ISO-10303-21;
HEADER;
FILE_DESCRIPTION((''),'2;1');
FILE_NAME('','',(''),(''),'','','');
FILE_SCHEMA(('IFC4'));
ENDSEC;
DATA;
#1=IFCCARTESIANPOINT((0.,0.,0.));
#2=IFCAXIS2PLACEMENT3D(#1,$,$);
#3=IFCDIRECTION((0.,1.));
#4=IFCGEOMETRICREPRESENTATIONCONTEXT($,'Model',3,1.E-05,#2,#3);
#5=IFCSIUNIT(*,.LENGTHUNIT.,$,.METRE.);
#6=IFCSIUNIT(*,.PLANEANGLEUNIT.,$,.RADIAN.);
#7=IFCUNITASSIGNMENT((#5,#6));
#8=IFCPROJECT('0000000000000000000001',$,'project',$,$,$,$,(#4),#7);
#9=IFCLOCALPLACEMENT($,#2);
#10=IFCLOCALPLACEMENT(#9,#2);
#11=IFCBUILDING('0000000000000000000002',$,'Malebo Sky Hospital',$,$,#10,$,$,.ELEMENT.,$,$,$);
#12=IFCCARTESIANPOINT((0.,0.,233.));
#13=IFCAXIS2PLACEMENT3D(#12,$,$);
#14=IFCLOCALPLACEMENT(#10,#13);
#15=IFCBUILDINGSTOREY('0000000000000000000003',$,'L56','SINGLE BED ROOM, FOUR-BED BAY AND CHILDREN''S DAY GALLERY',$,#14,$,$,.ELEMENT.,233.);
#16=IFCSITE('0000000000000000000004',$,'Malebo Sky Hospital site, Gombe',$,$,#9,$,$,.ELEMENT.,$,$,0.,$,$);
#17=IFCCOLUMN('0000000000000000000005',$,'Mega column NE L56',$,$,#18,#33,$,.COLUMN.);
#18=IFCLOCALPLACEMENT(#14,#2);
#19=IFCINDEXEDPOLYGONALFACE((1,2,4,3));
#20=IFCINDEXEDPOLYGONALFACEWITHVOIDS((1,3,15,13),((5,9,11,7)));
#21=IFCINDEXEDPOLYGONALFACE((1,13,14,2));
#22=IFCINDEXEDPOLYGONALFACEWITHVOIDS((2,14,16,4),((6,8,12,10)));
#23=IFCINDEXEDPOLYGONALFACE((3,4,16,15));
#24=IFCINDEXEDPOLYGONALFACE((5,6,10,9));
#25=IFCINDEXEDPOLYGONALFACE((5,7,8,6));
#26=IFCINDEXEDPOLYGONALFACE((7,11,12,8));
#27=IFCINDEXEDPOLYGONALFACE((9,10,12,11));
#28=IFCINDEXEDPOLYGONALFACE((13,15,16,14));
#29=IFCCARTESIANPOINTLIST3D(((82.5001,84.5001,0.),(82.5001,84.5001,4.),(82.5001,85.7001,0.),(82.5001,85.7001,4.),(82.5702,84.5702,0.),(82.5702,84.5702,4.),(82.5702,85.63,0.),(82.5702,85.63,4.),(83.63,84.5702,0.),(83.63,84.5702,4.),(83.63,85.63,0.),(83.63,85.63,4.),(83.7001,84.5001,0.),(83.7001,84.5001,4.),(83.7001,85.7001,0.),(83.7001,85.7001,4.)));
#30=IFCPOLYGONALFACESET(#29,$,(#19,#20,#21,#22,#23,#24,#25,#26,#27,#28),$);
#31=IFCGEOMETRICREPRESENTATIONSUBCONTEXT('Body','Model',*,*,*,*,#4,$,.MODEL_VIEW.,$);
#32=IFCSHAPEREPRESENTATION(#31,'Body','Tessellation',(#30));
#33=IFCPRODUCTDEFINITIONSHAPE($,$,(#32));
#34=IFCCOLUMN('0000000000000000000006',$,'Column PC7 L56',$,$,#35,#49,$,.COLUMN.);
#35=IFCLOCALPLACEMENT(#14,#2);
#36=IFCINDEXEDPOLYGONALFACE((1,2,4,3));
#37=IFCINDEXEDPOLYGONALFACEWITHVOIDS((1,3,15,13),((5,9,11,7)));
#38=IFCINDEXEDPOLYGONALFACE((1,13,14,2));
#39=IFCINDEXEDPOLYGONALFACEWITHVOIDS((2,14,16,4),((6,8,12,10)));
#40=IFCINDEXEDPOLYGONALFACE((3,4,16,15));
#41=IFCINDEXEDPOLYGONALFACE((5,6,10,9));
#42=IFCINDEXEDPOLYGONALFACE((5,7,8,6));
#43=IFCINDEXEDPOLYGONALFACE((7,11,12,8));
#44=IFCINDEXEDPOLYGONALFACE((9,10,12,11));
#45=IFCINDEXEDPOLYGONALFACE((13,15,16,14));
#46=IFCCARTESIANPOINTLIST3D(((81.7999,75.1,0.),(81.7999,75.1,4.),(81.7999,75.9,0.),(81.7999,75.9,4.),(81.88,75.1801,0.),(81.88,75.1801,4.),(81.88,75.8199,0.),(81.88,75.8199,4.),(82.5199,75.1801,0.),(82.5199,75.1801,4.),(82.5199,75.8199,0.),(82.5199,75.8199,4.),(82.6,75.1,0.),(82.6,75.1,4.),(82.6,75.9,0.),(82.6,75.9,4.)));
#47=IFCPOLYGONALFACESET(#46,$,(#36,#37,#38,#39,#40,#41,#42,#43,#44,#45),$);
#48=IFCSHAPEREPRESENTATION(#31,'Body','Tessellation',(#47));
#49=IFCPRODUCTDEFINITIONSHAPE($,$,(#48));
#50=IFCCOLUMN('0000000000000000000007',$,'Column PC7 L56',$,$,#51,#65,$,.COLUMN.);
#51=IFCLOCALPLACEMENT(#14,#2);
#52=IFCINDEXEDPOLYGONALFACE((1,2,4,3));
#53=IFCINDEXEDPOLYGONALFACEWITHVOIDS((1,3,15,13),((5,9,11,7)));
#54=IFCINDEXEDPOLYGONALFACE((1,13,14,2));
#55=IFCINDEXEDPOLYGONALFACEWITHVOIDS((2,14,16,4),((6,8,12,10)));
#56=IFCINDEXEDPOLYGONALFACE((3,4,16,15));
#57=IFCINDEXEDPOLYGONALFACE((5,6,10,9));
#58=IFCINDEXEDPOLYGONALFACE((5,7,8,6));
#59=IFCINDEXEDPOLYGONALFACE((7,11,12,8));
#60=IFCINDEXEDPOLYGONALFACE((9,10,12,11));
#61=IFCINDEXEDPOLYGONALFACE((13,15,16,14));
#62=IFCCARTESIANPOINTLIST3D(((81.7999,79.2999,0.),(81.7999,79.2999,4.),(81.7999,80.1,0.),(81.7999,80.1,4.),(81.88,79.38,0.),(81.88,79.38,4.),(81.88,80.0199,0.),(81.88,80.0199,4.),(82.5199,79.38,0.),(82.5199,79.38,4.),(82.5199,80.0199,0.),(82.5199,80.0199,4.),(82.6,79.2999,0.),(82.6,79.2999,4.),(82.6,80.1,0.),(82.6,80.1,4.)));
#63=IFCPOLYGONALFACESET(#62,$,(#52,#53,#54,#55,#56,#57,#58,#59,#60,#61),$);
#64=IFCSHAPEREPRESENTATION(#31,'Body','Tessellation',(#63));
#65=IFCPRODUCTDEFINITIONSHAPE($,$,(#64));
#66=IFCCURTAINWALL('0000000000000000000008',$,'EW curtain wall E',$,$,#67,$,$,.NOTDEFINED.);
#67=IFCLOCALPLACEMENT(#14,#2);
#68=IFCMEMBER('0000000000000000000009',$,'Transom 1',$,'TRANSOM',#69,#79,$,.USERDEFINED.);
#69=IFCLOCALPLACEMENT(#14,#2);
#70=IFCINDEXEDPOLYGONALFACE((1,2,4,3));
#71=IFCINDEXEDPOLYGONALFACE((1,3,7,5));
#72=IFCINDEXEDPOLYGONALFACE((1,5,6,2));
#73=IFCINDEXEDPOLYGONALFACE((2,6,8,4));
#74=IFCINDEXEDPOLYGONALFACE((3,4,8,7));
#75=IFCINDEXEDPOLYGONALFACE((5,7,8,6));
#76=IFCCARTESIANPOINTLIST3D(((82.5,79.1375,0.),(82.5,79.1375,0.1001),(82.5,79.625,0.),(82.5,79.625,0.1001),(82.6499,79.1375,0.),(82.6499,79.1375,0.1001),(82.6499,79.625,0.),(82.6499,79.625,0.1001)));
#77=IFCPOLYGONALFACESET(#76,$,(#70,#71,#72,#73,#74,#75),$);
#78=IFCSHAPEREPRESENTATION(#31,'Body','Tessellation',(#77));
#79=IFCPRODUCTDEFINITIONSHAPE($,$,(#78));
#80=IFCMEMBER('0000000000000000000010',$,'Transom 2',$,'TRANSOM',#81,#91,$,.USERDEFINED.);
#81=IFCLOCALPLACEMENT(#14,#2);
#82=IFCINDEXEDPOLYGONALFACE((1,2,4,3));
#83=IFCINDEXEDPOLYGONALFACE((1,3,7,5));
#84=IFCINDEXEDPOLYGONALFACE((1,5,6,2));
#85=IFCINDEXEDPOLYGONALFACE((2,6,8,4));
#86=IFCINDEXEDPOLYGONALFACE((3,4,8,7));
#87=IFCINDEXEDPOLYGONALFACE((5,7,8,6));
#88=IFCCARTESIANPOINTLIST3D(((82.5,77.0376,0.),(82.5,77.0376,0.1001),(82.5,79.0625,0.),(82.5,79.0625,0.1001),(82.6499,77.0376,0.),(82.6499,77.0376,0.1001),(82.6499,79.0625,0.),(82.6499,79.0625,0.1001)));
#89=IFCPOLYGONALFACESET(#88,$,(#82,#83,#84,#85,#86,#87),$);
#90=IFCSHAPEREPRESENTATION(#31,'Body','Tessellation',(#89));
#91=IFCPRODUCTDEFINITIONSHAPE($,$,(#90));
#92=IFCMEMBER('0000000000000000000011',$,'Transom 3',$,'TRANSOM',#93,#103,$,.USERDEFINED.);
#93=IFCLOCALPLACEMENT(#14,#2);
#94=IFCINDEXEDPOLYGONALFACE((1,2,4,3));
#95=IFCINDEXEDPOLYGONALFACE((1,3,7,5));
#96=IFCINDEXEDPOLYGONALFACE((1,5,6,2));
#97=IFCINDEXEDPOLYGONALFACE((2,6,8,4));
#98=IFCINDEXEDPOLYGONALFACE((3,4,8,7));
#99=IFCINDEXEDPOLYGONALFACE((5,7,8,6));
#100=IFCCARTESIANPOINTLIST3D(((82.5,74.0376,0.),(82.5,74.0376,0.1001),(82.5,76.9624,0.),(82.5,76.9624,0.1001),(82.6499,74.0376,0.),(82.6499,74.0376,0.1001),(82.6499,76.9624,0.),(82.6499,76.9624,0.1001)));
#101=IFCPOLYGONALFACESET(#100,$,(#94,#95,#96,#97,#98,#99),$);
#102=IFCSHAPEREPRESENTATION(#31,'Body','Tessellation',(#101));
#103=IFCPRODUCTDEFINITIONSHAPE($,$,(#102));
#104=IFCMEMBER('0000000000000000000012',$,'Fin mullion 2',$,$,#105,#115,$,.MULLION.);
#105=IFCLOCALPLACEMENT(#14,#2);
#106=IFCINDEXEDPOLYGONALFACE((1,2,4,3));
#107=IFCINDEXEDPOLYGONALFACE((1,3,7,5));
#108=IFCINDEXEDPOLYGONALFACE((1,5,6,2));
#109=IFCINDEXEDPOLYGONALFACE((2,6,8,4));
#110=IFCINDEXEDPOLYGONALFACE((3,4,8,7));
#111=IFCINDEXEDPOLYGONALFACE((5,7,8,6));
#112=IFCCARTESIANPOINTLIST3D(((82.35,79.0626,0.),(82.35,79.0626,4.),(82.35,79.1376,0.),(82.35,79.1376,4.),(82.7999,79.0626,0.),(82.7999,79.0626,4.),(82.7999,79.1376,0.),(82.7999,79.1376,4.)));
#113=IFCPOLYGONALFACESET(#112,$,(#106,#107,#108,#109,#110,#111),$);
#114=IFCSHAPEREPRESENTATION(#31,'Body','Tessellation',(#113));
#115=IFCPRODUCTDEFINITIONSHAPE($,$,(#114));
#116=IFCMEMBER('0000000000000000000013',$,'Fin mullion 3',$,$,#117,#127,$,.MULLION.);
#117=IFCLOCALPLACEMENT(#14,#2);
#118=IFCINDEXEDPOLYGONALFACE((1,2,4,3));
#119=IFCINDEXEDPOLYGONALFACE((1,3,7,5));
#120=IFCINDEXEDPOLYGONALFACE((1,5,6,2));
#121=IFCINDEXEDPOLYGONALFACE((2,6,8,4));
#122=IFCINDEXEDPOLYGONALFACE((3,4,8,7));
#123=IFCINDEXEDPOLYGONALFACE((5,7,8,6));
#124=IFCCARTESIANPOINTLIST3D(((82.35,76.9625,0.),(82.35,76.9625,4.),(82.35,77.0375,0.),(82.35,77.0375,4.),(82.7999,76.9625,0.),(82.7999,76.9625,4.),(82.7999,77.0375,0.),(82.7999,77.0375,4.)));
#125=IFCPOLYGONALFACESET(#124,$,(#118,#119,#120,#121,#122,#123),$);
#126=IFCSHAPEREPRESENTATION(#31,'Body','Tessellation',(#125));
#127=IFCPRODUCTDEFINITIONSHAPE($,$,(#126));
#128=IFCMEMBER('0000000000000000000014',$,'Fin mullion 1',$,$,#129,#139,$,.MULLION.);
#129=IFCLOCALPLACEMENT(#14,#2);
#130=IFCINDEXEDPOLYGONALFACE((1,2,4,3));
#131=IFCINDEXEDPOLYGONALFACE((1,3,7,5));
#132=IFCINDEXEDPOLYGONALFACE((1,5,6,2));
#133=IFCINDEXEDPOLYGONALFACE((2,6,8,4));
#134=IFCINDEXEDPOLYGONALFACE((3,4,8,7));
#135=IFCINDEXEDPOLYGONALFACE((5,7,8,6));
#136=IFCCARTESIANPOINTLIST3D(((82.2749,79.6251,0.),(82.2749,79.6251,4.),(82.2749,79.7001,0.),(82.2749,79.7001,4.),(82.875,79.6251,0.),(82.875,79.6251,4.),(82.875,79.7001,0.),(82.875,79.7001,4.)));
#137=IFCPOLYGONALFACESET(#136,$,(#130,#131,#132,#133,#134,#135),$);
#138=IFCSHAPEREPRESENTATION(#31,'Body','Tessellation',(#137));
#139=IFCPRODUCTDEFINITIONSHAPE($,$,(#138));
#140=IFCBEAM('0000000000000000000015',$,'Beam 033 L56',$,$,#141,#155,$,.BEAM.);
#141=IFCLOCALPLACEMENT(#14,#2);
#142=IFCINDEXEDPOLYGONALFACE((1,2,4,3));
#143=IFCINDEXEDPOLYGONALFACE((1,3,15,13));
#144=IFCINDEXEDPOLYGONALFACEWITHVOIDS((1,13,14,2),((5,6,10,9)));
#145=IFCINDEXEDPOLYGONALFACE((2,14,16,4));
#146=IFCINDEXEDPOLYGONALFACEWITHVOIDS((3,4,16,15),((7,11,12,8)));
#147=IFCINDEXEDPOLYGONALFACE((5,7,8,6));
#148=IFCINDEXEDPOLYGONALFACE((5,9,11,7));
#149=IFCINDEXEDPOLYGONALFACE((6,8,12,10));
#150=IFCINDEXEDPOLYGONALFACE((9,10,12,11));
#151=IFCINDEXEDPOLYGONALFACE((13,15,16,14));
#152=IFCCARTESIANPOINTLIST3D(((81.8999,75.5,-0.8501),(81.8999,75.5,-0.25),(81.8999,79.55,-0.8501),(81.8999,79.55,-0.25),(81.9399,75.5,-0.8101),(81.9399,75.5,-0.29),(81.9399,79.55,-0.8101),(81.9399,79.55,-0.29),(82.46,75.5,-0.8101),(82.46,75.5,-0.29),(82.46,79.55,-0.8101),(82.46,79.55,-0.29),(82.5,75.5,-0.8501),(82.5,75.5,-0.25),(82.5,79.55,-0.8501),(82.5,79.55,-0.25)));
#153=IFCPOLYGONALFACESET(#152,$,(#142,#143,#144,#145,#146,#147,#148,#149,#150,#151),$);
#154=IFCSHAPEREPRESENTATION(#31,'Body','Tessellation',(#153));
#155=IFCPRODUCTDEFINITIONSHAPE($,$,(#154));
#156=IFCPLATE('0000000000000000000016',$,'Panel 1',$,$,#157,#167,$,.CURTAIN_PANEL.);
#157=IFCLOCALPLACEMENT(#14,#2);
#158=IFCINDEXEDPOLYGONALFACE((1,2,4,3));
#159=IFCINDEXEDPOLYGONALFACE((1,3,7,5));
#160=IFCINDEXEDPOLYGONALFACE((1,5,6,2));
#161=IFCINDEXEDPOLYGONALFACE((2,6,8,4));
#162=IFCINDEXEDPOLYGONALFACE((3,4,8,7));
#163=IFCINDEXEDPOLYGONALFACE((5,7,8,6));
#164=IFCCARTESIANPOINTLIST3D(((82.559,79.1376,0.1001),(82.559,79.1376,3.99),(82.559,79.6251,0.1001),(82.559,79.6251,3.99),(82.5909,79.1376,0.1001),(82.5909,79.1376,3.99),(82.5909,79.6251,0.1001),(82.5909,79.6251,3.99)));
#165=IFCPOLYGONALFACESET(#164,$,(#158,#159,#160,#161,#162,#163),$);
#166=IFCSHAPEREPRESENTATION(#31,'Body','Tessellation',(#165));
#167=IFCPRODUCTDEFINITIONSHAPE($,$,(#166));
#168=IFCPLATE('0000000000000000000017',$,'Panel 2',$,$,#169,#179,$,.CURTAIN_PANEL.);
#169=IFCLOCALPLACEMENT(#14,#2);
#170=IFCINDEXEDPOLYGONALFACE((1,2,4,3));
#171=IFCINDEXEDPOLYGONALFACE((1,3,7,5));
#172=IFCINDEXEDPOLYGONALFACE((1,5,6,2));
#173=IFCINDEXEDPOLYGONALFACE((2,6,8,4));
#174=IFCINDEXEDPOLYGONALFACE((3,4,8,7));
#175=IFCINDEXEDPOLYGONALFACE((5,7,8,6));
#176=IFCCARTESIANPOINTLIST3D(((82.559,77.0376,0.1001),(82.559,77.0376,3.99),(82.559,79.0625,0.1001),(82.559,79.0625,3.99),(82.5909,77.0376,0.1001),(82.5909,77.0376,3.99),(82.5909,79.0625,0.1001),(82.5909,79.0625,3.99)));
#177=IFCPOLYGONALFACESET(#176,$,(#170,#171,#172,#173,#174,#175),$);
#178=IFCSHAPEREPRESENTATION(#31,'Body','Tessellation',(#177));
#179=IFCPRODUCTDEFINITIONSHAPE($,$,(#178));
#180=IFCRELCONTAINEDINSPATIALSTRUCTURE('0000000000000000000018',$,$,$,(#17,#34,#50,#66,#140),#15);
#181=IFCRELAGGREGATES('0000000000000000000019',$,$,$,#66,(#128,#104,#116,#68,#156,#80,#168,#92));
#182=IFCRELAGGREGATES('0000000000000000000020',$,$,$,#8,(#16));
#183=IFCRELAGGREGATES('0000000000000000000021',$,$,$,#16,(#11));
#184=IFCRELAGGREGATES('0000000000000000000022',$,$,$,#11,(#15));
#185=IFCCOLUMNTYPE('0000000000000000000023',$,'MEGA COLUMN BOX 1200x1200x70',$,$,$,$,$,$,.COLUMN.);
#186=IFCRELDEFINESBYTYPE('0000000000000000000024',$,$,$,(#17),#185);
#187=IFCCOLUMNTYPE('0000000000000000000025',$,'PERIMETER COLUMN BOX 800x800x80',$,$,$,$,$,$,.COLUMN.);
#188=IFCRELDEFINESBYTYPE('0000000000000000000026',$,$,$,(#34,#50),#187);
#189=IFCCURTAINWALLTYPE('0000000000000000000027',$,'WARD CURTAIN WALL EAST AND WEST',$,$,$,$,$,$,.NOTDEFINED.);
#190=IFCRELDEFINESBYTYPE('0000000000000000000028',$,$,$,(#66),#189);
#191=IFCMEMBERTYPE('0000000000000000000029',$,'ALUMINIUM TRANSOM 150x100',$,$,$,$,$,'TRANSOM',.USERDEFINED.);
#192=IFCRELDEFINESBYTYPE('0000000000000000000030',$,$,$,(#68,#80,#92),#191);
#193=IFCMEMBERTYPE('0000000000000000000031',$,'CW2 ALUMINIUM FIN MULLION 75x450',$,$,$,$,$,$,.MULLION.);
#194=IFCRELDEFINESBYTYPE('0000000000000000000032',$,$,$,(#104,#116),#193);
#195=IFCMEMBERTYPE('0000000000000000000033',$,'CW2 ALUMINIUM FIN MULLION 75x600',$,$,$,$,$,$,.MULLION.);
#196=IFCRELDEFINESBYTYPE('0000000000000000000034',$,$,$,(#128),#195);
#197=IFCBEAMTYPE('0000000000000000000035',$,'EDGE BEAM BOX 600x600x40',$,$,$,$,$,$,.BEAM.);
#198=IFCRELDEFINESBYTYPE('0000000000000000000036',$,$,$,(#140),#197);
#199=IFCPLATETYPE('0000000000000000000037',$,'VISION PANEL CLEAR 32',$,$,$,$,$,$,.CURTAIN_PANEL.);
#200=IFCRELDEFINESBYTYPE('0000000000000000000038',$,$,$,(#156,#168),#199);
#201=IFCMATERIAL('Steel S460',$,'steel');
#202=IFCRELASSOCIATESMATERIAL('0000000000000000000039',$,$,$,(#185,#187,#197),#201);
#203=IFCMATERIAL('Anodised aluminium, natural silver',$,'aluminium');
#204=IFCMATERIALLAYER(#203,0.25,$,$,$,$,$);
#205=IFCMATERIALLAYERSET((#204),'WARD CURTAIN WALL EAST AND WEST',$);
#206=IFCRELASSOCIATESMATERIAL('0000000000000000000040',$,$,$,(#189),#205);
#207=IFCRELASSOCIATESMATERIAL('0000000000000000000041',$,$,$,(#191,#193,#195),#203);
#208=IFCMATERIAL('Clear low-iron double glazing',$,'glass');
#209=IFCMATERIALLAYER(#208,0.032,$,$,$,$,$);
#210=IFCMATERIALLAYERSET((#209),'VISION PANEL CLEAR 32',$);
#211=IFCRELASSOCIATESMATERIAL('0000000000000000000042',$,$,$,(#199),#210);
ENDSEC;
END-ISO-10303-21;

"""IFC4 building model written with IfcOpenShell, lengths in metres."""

from ifc_helpers import new_model, si_unit, direction, frame, origin, origin_2d, place, context, subcontext, project, spatial, rectangle, hollow_rectangle, extrude, material, layer, layer_set, material_profile, profile_set, type_object, element, aggregate, save


model = new_model("IFC4")

# Units and contexts
model_context = context("Model", 3, precision=1e-05, world=origin(), true_north=direction((0.0, 1.0)))
body_context = subcontext(model_context, "Body", "Model", "MODEL_VIEW")
ifc_project = project(units=[si_unit("LENGTHUNIT", "METRE"), si_unit("PLANEANGLEUNIT", "RADIAN")], contexts=[model_context])

# Site, building, storey
site_placement = place(None, origin())
site = spatial("IfcSite", under=ifc_project, at=site_placement, Name="Malebo Sky Hospital site, Gombe", CompositionType="ELEMENT", RefElevation=0.0)
building_placement = place(site_placement, origin())
building = spatial("IfcBuilding", under=site, at=building_placement, Name="Malebo Sky Hospital", CompositionType="ELEMENT")
storey_placement = place(building_placement, frame((0.0, 0.0, 233.0)))
storey = spatial("IfcBuildingStorey", under=building, at=storey_placement, Name="L56", Description="SINGLE BED ROOM, FOUR-BED BAY AND CHILDREN'S DAY GALLERY", CompositionType="ELEMENT", Elevation=233.0)

# Columns
ifc_material_1 = material(Name="Steel S460", Category="steel")
ifc_material_profile_1 = material_profile(ifc_material_1, hollow_rectangle(XDim=1.2, YDim=1.2, WallThickness=0.0701, at=origin_2d()), Name="BOX 1200x1200x70")
ifc_profile_set_1 = profile_set([ifc_material_profile_1], Name="Steel S460")
column_type_1 = type_object("IfcColumnType", Name="MEGA COLUMN BOX 1200x1200x70", PredefinedType="COLUMN", material=ifc_profile_set_1)
column_placement = place(storey_placement, frame((83.1001, 85.1001, 0.0), z_axis=(0.0, 0.0, 1.0), x_axis=(1.0, 0.0, 0.0)))
element("IfcColumn", 1, at=column_placement, inside=storey, type_object=column_type_1, Name="Mega column NE L56", PredefinedType="COLUMN", context=body_context, shape_type="SweptSolid", body=[
    extrude(hollow_rectangle(XDim=1.2, YDim=1.2, WallThickness=0.0701, at=origin_2d()), origin(), (0.0, 0.0, 1.0), 4.0),
])
ifc_material_profile_2 = material_profile(ifc_material_1, hollow_rectangle(XDim=0.8, YDim=0.8, WallThickness=0.0801, at=origin_2d()), Name="BOX 800x800x80")
ifc_profile_set_2 = profile_set([ifc_material_profile_2], Name="Steel S460")
column_type_2 = type_object("IfcColumnType", Name="PERIMETER COLUMN BOX 800x800x80", PredefinedType="COLUMN", material=ifc_profile_set_2)
for number, where, z_axis, x_axis, name in (
    (2, (82.2, 75.5, 0.0), (0.0, 0.0, 1.0), (1.0, 0.0, 0.0), "Column PC7 L56"),
    (3, (82.2, 79.7, 0.0), (0.0, 0.0, 1.0), (1.0, 0.0, 0.0), "Column PC7 L56"),
):
    element("IfcColumn", number, at=place(storey_placement, frame(where, z_axis=z_axis, x_axis=x_axis)), inside=storey, type_object=column_type_2, Name=name, PredefinedType="COLUMN", context=body_context, shape_type="SweptSolid", body=[
        extrude(hollow_rectangle(XDim=0.8, YDim=0.8, WallThickness=0.0801, at=origin_2d()), origin(), (0.0, 0.0, 1.0), 4.0),
    ])

# Curtain wall, members
ifc_material_2 = material(Name="Anodised aluminium, natural silver", Category="aluminium")
ifc_layer_1 = layer(ifc_material_2, 0.25)
ifc_layer_set_1 = layer_set([ifc_layer_1], Name="WARD CURTAIN WALL EAST AND WEST")
curtain_wall_type = type_object("IfcCurtainWallType", Name="WARD CURTAIN WALL EAST AND WEST", PredefinedType="NOTDEFINED", material=ifc_layer_set_1)
curtain_wall_placement = place(storey_placement, origin())
curtain_wall = element("IfcCurtainWall", 4, at=curtain_wall_placement, inside=storey, type_object=curtain_wall_type, Name="EW curtain wall E", PredefinedType="NOTDEFINED")
ifc_material_profile_3 = material_profile(ifc_material_2, rectangle(XDim=0.1499, YDim=0.1001, at=origin_2d()), Name="ALUMINIUM TRANSOM 150x100")
ifc_profile_set_3 = profile_set([ifc_material_profile_3], Name="Anodised aluminium, natural silver")
member_type_1 = type_object("IfcMemberType", Name="ALUMINIUM TRANSOM 150x100", ElementType="TRANSOM", PredefinedType="USERDEFINED", material=ifc_profile_set_3)
member_1_placement = place(storey_placement, frame((82.575, 79.625, 0.05), z_axis=(0.0, -1.0, 0.0), x_axis=(1.0, 0.0, 0.0)))
member_1 = element("IfcMember", 5, at=member_1_placement, type_object=member_type_1, Name="Transom 1", ObjectType="TRANSOM", PredefinedType="USERDEFINED", context=body_context, shape_type="SweptSolid", body=[
    extrude(rectangle(XDim=0.1499, YDim=0.1001, at=origin_2d()), origin(), (0.0, 0.0, 1.0), 0.4875),
])
member_2_placement = place(storey_placement, frame((82.575, 79.0625, 0.05), z_axis=(0.0, -1.0, 0.0), x_axis=(1.0, 0.0, 0.0)))
member_2 = element("IfcMember", 6, at=member_2_placement, type_object=member_type_1, Name="Transom 2", ObjectType="TRANSOM", PredefinedType="USERDEFINED", context=body_context, shape_type="SweptSolid", body=[
    extrude(rectangle(XDim=0.1499, YDim=0.1001, at=origin_2d()), origin(), (0.0, 0.0, 1.0), 2.0249),
])
member_3_placement = place(storey_placement, frame((82.575, 76.9624, 0.05), z_axis=(0.0, -1.0, 0.0), x_axis=(1.0, 0.0, 0.0)))
member_3 = element("IfcMember", 7, at=member_3_placement, type_object=member_type_1, Name="Transom 3", ObjectType="TRANSOM", PredefinedType="USERDEFINED", context=body_context, shape_type="SweptSolid", body=[
    extrude(rectangle(XDim=0.1499, YDim=0.1001, at=origin_2d()), origin(), (0.0, 0.0, 1.0), 2.9248),
])
ifc_material_profile_4 = material_profile(ifc_material_2, rectangle(XDim=0.075, YDim=0.45, at=origin_2d()), Name="CW2 ALUMINIUM FIN MULLION 75x450")
ifc_profile_set_4 = profile_set([ifc_material_profile_4], Name="Anodised aluminium, natural silver")
member_type_2 = type_object("IfcMemberType", Name="CW2 ALUMINIUM FIN MULLION 75x450", PredefinedType="MULLION", material=ifc_profile_set_4)
member_4_placement = place(storey_placement, frame((82.575, 79.1001, 0.0), z_axis=(0.0, 0.0, 1.0), x_axis=(0.0, -1.0, 0.0)))
member_4 = element("IfcMember", 8, at=member_4_placement, type_object=member_type_2, Name="Fin mullion 2", PredefinedType="MULLION", context=body_context, shape_type="SweptSolid", body=[
    extrude(rectangle(XDim=0.075, YDim=0.45, at=origin_2d()), origin(), (0.0, 0.0, 1.0), 4.0),
])
member_5_placement = place(storey_placement, frame((82.575, 77.0, 0.0), z_axis=(0.0, 0.0, 1.0), x_axis=(0.0, -1.0, 0.0)))
member_5 = element("IfcMember", 9, at=member_5_placement, type_object=member_type_2, Name="Fin mullion 3", PredefinedType="MULLION", context=body_context, shape_type="SweptSolid", body=[
    extrude(rectangle(XDim=0.075, YDim=0.45, at=origin_2d()), origin(), (0.0, 0.0, 1.0), 4.0),
])
ifc_material_profile_5 = material_profile(ifc_material_2, rectangle(XDim=0.075, YDim=0.6001, at=origin_2d()), Name="CW2 ALUMINIUM FIN MULLION 75x600")
ifc_profile_set_5 = profile_set([ifc_material_profile_5], Name="Anodised aluminium, natural silver")
member_type_3 = type_object("IfcMemberType", Name="CW2 ALUMINIUM FIN MULLION 75x600", PredefinedType="MULLION", material=ifc_profile_set_5)
member_6_placement = place(storey_placement, frame((82.575, 79.6626, 0.0), z_axis=(0.0, 0.0, 1.0), x_axis=(0.0, -1.0, 0.0)))
member_6 = element("IfcMember", 10, at=member_6_placement, type_object=member_type_3, Name="Fin mullion 1", PredefinedType="MULLION", context=body_context, shape_type="SweptSolid", body=[
    extrude(rectangle(XDim=0.075, YDim=0.6001, at=origin_2d()), origin(), (0.0, 0.0, 1.0), 4.0),
])

# Beam
ifc_material_profile_6 = material_profile(ifc_material_1, hollow_rectangle(XDim=0.6001, YDim=0.6001, WallThickness=0.04, at=origin_2d()), Name="BOX 600x600x40")
ifc_profile_set_6 = profile_set([ifc_material_profile_6], Name="Steel S460")
beam_type = type_object("IfcBeamType", Name="EDGE BEAM BOX 600x600x40", PredefinedType="BEAM", material=ifc_profile_set_6)
beam_placement = place(storey_placement, frame((82.2, 75.5, -0.55), z_axis=(0.0, 1.0, 0.0), x_axis=(-1.0, 0.0, 0.0)))
element("IfcBeam", 11, at=beam_placement, inside=storey, type_object=beam_type, Name="Beam 033 L56", PredefinedType="BEAM", context=body_context, shape_type="SweptSolid", body=[
    extrude(hollow_rectangle(XDim=0.6001, YDim=0.6001, WallThickness=0.04, at=origin_2d()), origin(), (0.0, 0.0, 1.0), 4.05),
])

# Plates
ifc_material_3 = material(Name="Clear low-iron double glazing", Category="glass")
ifc_layer_2 = layer(ifc_material_3, 0.032)
ifc_layer_set_2 = layer_set([ifc_layer_2], Name="VISION PANEL CLEAR 32")
plate_type = type_object("IfcPlateType", Name="VISION PANEL CLEAR 32", PredefinedType="CURTAIN_PANEL", material=ifc_layer_set_2)
plate_1_placement = place(storey_placement, frame((82.575, 79.3813, 0.1001), z_axis=(0.0, 0.0, 1.0), x_axis=(0.0, -1.0, 0.0)))
plate_1 = element("IfcPlate", 12, at=plate_1_placement, type_object=plate_type, Name="Panel 1", PredefinedType="CURTAIN_PANEL", context=body_context, shape_type="SweptSolid", body=[
    extrude(rectangle(XDim=0.4875, YDim=0.032, at=origin_2d()), origin(), (0.0, 0.0, 1.0), 3.8899),
])
plate_2_placement = place(storey_placement, frame((82.575, 78.05, 0.1001), z_axis=(0.0, 0.0, 1.0), x_axis=(0.0, -1.0, 0.0)))
plate_2 = element("IfcPlate", 13, at=plate_2_placement, type_object=plate_type, Name="Panel 2", PredefinedType="CURTAIN_PANEL", context=body_context, shape_type="SweptSolid", body=[
    extrude(rectangle(XDim=2.0249, YDim=0.032, at=origin_2d()), origin(), (0.0, 0.0, 1.0), 3.8899),
])
aggregate(curtain_wall, [member_6, member_4, member_5, member_1, plate_1, member_2, plate_2, member_3])

save(model, "model.ifc")
